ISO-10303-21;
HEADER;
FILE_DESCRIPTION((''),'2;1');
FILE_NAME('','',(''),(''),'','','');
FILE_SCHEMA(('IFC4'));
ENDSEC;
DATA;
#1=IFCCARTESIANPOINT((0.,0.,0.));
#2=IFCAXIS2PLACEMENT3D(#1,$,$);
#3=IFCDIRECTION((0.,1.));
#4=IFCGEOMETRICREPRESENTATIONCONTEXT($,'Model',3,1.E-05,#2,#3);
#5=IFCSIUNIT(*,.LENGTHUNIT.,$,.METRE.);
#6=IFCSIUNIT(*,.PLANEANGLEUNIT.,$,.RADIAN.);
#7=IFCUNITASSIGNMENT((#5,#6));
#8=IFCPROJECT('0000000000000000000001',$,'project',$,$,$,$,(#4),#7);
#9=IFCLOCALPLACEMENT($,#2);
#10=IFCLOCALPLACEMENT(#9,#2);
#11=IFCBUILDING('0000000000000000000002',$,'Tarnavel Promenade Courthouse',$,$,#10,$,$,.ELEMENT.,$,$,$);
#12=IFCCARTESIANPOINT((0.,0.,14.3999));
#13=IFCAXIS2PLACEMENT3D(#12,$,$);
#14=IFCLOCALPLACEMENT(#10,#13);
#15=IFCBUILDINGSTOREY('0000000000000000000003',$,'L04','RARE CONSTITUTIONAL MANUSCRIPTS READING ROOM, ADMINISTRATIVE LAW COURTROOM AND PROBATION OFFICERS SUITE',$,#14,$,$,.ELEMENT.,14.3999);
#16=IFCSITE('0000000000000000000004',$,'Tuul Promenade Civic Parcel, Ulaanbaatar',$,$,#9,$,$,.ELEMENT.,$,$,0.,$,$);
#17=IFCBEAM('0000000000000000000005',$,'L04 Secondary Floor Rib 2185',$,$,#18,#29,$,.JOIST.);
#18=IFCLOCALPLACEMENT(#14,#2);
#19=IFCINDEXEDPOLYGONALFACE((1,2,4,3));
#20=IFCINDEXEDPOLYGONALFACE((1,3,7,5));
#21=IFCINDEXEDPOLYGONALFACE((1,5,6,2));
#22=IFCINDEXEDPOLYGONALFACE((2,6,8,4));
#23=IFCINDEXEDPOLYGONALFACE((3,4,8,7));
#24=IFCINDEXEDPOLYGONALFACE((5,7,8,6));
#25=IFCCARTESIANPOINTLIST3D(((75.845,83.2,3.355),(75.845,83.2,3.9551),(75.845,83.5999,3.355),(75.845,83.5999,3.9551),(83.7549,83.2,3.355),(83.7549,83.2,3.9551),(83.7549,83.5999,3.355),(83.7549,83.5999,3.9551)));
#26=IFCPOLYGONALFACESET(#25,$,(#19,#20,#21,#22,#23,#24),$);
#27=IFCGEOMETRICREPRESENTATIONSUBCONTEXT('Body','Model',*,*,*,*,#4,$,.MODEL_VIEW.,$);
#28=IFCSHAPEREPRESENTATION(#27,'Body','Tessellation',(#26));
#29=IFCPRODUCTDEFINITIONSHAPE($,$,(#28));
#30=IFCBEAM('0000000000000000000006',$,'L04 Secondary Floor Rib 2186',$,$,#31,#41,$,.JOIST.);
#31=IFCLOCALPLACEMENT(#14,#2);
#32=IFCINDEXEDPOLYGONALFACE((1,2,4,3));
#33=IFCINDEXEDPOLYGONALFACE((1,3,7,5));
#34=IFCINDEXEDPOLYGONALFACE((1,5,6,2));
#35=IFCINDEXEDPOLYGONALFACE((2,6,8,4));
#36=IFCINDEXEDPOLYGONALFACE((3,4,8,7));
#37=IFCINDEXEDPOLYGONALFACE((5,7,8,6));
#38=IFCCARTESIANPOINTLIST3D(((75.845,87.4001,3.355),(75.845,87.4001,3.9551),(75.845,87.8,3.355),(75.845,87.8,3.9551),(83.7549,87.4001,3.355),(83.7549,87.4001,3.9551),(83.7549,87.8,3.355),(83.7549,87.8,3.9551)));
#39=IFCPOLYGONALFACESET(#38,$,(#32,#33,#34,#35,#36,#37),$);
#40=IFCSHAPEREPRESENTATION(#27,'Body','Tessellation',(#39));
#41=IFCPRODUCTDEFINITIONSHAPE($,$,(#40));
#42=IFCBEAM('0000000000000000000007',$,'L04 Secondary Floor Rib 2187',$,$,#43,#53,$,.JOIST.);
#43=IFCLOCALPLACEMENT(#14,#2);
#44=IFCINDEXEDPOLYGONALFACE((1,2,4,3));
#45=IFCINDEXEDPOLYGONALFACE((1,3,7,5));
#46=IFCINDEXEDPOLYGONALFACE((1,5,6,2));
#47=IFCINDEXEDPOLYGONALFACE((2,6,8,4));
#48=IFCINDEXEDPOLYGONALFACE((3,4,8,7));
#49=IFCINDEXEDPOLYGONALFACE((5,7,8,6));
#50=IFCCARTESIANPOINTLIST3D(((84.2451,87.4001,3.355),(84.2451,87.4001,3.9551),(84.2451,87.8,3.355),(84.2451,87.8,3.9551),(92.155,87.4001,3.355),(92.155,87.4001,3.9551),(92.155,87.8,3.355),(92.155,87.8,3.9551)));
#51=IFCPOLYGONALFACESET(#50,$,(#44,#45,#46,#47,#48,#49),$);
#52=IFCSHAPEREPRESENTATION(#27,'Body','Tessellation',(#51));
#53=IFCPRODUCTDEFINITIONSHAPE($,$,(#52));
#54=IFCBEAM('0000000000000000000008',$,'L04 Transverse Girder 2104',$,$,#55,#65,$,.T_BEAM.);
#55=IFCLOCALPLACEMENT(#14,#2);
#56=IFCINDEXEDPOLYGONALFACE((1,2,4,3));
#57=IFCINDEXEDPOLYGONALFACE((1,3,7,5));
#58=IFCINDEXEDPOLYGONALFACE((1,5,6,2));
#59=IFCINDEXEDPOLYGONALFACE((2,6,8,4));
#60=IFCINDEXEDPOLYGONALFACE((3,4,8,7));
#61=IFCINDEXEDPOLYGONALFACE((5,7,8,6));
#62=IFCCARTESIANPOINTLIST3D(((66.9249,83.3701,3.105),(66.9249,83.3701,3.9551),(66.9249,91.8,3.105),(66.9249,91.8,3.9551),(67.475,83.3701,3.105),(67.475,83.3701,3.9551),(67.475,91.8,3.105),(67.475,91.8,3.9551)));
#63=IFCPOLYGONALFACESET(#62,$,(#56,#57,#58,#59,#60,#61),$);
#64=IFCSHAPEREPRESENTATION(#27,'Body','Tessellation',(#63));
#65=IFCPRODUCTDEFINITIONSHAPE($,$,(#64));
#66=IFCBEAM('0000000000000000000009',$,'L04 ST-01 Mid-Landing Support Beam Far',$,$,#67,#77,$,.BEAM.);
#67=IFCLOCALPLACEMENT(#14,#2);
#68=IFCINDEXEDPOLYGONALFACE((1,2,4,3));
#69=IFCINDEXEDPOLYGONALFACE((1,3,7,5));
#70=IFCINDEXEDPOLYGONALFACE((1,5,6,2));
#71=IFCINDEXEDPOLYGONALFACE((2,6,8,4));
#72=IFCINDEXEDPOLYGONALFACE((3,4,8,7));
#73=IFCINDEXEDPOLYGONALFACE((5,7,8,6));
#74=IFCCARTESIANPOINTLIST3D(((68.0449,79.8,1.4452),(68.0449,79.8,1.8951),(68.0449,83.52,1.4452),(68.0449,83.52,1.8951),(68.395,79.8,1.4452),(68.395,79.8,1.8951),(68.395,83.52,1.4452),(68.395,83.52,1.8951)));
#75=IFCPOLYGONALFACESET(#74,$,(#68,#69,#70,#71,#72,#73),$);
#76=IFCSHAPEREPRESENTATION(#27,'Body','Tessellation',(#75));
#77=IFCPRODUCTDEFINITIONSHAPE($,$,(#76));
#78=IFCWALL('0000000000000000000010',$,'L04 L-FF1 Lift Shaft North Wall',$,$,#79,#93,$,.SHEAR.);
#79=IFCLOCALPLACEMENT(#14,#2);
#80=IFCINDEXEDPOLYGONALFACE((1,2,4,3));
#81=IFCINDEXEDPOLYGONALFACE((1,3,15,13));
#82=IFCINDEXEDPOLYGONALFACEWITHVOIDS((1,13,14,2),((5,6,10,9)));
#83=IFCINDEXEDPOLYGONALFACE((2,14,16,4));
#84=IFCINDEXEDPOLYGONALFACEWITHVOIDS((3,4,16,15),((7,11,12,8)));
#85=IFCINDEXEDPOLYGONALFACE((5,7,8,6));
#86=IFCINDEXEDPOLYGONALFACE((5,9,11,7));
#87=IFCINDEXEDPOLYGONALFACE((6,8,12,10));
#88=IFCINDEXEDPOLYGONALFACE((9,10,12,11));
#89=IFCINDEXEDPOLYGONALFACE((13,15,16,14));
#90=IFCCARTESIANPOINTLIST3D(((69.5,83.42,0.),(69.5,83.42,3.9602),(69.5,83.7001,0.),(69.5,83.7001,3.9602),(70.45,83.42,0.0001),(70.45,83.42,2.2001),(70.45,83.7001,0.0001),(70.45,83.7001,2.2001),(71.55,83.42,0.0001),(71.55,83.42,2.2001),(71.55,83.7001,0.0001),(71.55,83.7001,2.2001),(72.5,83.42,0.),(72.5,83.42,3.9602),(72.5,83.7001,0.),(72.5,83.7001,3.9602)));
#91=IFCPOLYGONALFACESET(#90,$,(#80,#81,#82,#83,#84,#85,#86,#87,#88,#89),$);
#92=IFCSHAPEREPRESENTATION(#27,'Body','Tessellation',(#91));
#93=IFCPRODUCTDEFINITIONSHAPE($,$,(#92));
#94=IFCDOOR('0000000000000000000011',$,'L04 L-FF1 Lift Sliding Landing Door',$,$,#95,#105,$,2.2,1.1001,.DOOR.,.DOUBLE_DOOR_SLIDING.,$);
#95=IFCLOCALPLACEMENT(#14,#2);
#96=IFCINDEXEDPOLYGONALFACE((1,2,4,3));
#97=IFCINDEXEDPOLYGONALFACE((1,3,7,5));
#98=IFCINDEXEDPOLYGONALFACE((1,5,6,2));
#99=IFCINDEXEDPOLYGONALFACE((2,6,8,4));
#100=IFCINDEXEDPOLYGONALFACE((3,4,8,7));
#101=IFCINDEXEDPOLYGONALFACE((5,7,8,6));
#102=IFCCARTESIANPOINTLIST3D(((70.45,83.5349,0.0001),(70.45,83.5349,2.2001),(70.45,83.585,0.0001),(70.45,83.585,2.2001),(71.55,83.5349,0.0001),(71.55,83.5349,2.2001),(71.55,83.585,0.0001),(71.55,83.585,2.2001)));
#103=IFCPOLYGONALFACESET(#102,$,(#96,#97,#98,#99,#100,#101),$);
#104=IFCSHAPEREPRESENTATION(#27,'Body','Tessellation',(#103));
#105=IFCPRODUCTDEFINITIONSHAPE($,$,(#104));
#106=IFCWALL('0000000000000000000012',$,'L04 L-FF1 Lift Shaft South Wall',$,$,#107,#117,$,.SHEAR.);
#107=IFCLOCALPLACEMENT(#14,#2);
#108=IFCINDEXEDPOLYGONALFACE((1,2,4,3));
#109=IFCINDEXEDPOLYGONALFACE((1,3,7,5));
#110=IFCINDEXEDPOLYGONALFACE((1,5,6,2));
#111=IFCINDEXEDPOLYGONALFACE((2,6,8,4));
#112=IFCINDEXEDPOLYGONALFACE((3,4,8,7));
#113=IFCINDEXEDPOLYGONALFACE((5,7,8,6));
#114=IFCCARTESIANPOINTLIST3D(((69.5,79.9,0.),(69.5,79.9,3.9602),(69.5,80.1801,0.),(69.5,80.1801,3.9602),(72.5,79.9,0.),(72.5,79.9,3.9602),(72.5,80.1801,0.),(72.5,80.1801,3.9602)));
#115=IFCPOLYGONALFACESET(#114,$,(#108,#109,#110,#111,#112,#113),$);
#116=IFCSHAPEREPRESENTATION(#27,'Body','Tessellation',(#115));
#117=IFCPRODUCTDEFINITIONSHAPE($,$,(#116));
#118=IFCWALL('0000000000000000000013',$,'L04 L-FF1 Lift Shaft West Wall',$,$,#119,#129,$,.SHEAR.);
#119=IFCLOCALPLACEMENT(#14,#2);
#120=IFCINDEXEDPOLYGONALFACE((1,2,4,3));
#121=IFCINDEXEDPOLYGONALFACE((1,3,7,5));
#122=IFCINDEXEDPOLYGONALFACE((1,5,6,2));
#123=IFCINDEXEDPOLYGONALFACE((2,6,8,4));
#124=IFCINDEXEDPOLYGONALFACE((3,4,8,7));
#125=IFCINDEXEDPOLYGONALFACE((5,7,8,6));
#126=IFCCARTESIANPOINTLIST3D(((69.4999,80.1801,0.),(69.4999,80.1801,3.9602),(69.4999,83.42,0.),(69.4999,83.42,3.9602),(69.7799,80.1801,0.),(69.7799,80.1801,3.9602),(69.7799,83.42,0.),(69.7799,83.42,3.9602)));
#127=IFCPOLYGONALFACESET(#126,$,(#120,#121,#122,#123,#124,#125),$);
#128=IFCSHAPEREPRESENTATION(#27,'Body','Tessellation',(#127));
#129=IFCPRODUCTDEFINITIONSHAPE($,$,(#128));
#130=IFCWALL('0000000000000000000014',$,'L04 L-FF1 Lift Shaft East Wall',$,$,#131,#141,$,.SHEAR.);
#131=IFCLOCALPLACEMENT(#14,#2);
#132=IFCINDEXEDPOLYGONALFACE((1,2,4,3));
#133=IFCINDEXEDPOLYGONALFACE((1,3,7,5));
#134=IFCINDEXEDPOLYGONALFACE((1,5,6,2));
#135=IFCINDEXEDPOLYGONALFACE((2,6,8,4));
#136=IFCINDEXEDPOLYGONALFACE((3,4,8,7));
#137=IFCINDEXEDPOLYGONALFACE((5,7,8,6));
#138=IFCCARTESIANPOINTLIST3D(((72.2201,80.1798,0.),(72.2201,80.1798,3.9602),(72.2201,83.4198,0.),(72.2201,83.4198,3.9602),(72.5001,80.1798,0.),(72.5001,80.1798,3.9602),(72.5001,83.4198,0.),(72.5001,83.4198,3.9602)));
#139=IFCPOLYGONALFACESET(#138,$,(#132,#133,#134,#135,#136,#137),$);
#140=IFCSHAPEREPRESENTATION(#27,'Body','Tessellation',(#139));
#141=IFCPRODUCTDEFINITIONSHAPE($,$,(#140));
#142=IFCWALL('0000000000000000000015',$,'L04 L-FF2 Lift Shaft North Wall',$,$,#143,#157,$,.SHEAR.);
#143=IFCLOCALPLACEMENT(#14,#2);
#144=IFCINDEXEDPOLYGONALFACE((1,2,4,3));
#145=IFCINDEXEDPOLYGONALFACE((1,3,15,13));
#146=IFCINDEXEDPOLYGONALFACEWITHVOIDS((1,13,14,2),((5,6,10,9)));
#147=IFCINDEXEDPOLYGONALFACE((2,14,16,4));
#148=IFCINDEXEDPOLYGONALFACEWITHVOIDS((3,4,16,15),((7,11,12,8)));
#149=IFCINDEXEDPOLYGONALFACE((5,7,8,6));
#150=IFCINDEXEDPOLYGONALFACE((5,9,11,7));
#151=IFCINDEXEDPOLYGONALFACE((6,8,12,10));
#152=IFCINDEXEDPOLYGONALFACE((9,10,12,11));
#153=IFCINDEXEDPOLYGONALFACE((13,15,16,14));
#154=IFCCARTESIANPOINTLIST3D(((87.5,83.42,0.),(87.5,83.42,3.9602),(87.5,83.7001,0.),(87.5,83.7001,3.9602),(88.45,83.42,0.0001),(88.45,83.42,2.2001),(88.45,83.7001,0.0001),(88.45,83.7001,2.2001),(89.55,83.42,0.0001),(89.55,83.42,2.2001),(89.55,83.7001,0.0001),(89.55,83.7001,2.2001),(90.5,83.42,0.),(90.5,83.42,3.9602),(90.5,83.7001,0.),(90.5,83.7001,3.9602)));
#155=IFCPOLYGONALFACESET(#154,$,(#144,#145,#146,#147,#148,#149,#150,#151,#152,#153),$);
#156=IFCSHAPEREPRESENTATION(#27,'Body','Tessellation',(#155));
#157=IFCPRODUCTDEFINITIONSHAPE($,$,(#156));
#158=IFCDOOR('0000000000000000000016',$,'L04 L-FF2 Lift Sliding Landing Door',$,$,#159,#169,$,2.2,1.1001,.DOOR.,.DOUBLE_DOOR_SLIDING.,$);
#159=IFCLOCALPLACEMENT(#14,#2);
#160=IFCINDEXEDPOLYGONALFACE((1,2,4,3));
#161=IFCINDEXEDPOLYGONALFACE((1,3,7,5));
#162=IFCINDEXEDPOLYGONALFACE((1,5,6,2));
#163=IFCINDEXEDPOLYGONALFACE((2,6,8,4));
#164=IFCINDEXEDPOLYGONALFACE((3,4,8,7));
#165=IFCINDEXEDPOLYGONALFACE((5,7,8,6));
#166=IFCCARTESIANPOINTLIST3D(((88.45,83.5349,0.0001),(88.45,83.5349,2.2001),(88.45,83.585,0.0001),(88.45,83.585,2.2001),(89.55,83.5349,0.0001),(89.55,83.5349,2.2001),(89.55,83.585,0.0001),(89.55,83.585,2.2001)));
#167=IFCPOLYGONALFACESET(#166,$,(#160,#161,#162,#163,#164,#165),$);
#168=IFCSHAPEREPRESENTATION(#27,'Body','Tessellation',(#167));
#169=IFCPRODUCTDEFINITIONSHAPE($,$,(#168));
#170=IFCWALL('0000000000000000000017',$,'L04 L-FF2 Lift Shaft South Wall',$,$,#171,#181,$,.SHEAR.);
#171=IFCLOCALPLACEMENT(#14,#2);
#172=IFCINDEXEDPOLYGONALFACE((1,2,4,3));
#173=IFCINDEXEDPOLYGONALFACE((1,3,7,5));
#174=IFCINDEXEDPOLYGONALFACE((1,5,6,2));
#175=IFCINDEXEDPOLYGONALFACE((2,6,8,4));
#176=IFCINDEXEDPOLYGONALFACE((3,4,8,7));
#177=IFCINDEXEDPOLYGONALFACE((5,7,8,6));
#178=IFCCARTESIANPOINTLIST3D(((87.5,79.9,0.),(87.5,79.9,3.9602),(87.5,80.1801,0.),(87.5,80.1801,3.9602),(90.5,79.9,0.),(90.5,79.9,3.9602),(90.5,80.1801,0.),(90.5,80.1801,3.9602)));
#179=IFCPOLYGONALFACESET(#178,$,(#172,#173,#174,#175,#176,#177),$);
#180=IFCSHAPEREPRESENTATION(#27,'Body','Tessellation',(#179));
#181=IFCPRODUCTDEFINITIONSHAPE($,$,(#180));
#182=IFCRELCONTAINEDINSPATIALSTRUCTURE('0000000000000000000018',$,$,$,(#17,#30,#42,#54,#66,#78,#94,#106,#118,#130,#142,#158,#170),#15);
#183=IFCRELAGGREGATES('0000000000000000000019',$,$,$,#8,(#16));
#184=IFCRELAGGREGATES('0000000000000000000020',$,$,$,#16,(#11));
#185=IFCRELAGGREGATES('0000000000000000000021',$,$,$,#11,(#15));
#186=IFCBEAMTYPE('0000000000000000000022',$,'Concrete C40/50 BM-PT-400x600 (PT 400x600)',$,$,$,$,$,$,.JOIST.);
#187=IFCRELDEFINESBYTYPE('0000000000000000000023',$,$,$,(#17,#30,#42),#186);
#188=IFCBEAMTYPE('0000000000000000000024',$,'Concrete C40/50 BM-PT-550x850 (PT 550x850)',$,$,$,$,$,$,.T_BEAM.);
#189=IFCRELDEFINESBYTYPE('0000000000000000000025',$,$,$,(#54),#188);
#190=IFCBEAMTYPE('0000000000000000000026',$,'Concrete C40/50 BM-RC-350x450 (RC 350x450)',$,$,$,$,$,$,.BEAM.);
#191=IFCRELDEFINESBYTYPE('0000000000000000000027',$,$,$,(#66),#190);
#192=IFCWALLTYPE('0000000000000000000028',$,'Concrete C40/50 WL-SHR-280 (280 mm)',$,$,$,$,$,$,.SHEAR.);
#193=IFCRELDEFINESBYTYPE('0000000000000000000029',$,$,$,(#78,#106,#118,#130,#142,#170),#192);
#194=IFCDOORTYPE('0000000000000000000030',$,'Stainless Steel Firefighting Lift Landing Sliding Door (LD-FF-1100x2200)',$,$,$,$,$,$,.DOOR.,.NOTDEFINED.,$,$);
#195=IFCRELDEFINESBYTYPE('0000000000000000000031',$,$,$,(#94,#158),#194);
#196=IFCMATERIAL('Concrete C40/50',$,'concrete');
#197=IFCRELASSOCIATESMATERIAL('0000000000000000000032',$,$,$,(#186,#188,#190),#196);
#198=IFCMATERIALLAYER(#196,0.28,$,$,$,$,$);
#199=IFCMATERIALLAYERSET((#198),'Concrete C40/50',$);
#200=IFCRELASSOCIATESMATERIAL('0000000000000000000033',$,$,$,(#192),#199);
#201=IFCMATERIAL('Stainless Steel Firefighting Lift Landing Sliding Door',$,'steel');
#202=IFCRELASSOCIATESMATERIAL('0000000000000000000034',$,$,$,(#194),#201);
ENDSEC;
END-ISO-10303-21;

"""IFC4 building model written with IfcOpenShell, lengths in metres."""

from ifc_helpers import new_model, si_unit, direction, frame, frame_2d, origin, origin_2d, place, context, subcontext, project, spatial, rectangle, extrude, material, layer, layer_set, material_profile, profile_set, type_object, element, fill, save


model = new_model("IFC4")

# Units and contexts
model_context = context("Model", 3, precision=1e-05, world=origin(), true_north=direction((0.0, 1.0)))
body_context = subcontext(model_context, "Body", "Model", "MODEL_VIEW")
ifc_project = project(units=[si_unit("LENGTHUNIT", "METRE"), si_unit("PLANEANGLEUNIT", "RADIAN")], contexts=[model_context])

# Site, building, storey
site_placement = place(None, origin())
site = spatial("IfcSite", under=ifc_project, at=site_placement, Name="Tuul Promenade Civic Parcel, Ulaanbaatar", CompositionType="ELEMENT", RefElevation=0.0)
building_placement = place(site_placement, origin())
building = spatial("IfcBuilding", under=site, at=building_placement, Name="Tarnavel Promenade Courthouse", CompositionType="ELEMENT")
storey_placement = place(building_placement, frame((0.0, 0.0, 14.3999)))
storey = spatial("IfcBuildingStorey", under=building, at=storey_placement, Name="L04", Description="RARE CONSTITUTIONAL MANUSCRIPTS READING ROOM, ADMINISTRATIVE LAW COURTROOM AND PROBATION OFFICERS SUITE", CompositionType="ELEMENT", Elevation=14.3999)

# Beams
ifc_material_1 = material(Name="Concrete C40/50", Category="concrete")
ifc_material_profile_1 = material_profile(ifc_material_1, rectangle(XDim=0.3999, YDim=0.6001, at=origin_2d()), Name="PT 400x600")
ifc_profile_set_1 = profile_set([ifc_material_profile_1], Name="Concrete C40/50")
beam_type_1 = type_object("IfcBeamType", Name="Concrete C40/50 BM-PT-400x600 (PT 400x600)", PredefinedType="JOIST", material=ifc_profile_set_1)
for number, where, z_axis, x_axis, name in (
    (1, (75.845, 83.3999, 3.655), (1.0, 0.0, 0.0), (0.0, 1.0, 0.0), "L04 Secondary Floor Rib 2185"),
    (2, (75.845, 87.6001, 3.655), (1.0, 0.0, 0.0), (0.0, 1.0, 0.0), "L04 Secondary Floor Rib 2186"),
    (3, (84.2451, 87.6001, 3.655), (1.0, 0.0, 0.0), (0.0, 1.0, 0.0), "L04 Secondary Floor Rib 2187"),
):
    element("IfcBeam", number, at=place(storey_placement, frame(where, z_axis=z_axis, x_axis=x_axis)), inside=storey, type_object=beam_type_1, Name=name, PredefinedType="JOIST", context=body_context, shape_type="SweptSolid", body=[
        extrude(rectangle(XDim=0.3999, YDim=0.6001, at=origin_2d()), origin(), (0.0, 0.0, 1.0), 7.9099),
    ])
ifc_material_profile_2 = material_profile(ifc_material_1, rectangle(XDim=0.55, YDim=0.8501, at=origin_2d()), Name="PT 550x850")
ifc_profile_set_2 = profile_set([ifc_material_profile_2], Name="Concrete C40/50")
beam_type_2 = type_object("IfcBeamType", Name="Concrete C40/50 BM-PT-550x850 (PT 550x850)", PredefinedType="T_BEAM", material=ifc_profile_set_2)
beam_1_placement = place(storey_placement, frame((67.2, 83.3701, 3.53), z_axis=(0.0, 1.0, 0.0), x_axis=(-1.0, 0.0, 0.0)))
element("IfcBeam", 4, at=beam_1_placement, inside=storey, type_object=beam_type_2, Name="L04 Transverse Girder 2104", PredefinedType="T_BEAM", context=body_context, shape_type="SweptSolid", body=[
    extrude(rectangle(XDim=0.55, YDim=0.8501, at=origin_2d()), origin(), (0.0, 0.0, 1.0), 8.4299),
])
ifc_material_profile_3 = material_profile(ifc_material_1, rectangle(XDim=0.3501, YDim=0.45, at=origin_2d()), Name="RC 350x450")
ifc_profile_set_3 = profile_set([ifc_material_profile_3], Name="Concrete C40/50")
beam_type_3 = type_object("IfcBeamType", Name="Concrete C40/50 BM-RC-350x450 (RC 350x450)", PredefinedType="BEAM", material=ifc_profile_set_3)
beam_2_placement = place(storey_placement, frame((68.22, 79.8, 1.6702), z_axis=(0.0, 1.0, 0.0), x_axis=(-1.0, 0.0, 0.0)))
element("IfcBeam", 5, at=beam_2_placement, inside=storey, type_object=beam_type_3, Name="L04 ST-01 Mid-Landing Support Beam Far", PredefinedType="BEAM", context=body_context, shape_type="SweptSolid", body=[
    extrude(rectangle(XDim=0.3501, YDim=0.45, at=origin_2d()), origin(), (0.0, 0.0, 1.0), 3.72),
])

# Wall, opening, door
ifc_layer_1 = layer(ifc_material_1, 0.28)
ifc_layer_set_1 = layer_set([ifc_layer_1], Name="Concrete C40/50")
wall_type_1 = type_object("IfcWallType", Name="Concrete C40/50 WL-SHR-280 (280 mm)", PredefinedType="SHEAR", material=ifc_layer_set_1)
wall_1_placement = place(storey_placement, frame((69.5, 83.5601, 0.0), z_axis=(0.0, 0.0, 1.0), x_axis=(1.0, 0.0, 0.0)))
wall_1 = element("IfcWall", 6, at=wall_1_placement, inside=storey, type_object=wall_type_1, Name="L04 L-FF1 Lift Shaft North Wall", PredefinedType="SHEAR", context=body_context, shape_type="SweptSolid", body=[
    extrude(rectangle(XDim=3.0, YDim=0.28, at=frame_2d((1.5, 0.0))), origin(), (0.0, 0.0, 1.0), 3.9602),
])
opening_1_placement = place(wall_1_placement, frame((0.95, 0.0, 0.0)))
opening_1 = element("IfcOpeningElement", 7, at=opening_1_placement, cuts=wall_1, PredefinedType="OPENING", context=body_context, shape_type="SweptSolid", body=[
    extrude(rectangle(XDim=1.1001, YDim=2.2, at=frame_2d((0.55, 1.1001))), frame((0.0, 0.1499, 0.0), z_axis=(0.0, -1.0, 0.0), x_axis=(1.0, 0.0, 0.0)), (0.0, 0.0, 1.0), 0.3),
])
ifc_material_2 = material(Name="Stainless Steel Firefighting Lift Landing Sliding Door", Category="steel")
door_type_1 = type_object("IfcDoorType", Name="Stainless Steel Firefighting Lift Landing Sliding Door (LD-FF-1100x2200)", OperationType="NOTDEFINED", PredefinedType="DOOR", material=ifc_material_2)
door_1_placement = place(opening_1_placement, origin())
door_1 = element("IfcDoor", 8, at=door_1_placement, inside=storey, type_object=door_type_1, Name="L04 L-FF1 Lift Sliding Landing Door", OperationType="DOUBLE_DOOR_SLIDING", OverallHeight=2.2, OverallWidth=1.1001, PredefinedType="DOOR", context=body_context, shape_type="SweptSolid", body=[
    extrude(rectangle(XDim=1.1001, YDim=2.2, at=frame_2d((0.55, 1.1001))), frame((0.0, 0.0249, 0.0), z_axis=(0.0, -1.0, 0.0), x_axis=(1.0, 0.0, 0.0)), (0.0, 0.0, 1.0), 0.05),
])
fill(opening_1, door_1)

# Walls
wall_2_placement = place(storey_placement, frame((72.5, 80.04, 0.0), z_axis=(0.0, 0.0, 1.0), x_axis=(-1.0, 0.0, 0.0)))
element("IfcWall", 9, at=wall_2_placement, inside=storey, type_object=wall_type_1, Name="L04 L-FF1 Lift Shaft South Wall", PredefinedType="SHEAR", context=body_context, shape_type="SweptSolid", body=[
    extrude(rectangle(XDim=3.0, YDim=0.28, at=frame_2d((1.5, 0.0))), origin(), (0.0, 0.0, 1.0), 3.9602),
])
for number, where, z_axis, x_axis, name in (
    (10, (69.6399, 80.1799, 0.0), (0.0, 0.0, 1.0), (0.0, 1.0, 0.0), "L04 L-FF1 Lift Shaft West Wall"),
    (11, (72.3601, 83.4199, 0.0), (0.0, 0.0, 1.0), (0.0, -1.0, 0.0), "L04 L-FF1 Lift Shaft East Wall"),
):
    element("IfcWall", number, at=place(storey_placement, frame(where, z_axis=z_axis, x_axis=x_axis)), inside=storey, type_object=wall_type_1, Name=name, PredefinedType="SHEAR", context=body_context, shape_type="SweptSolid", body=[
        extrude(rectangle(XDim=3.24, YDim=0.28, at=frame_2d((1.6201, 0.0))), origin(), (0.0, 0.0, 1.0), 3.9602),
    ])

# Wall, opening, door
wall_3_placement = place(storey_placement, frame((87.5, 83.5601, 0.0), z_axis=(0.0, 0.0, 1.0), x_axis=(1.0, 0.0, 0.0)))
wall_3 = element("IfcWall", 12, at=wall_3_placement, inside=storey, type_object=wall_type_1, Name="L04 L-FF2 Lift Shaft North Wall", PredefinedType="SHEAR", context=body_context, shape_type="SweptSolid", body=[
    extrude(rectangle(XDim=3.0, YDim=0.28, at=frame_2d((1.5, 0.0))), origin(), (0.0, 0.0, 1.0), 3.9602),
])
opening_2_placement = place(wall_3_placement, frame((0.95, 0.0, 0.0)))
opening_2 = element("IfcOpeningElement", 13, at=opening_2_placement, cuts=wall_3, PredefinedType="OPENING", context=body_context, shape_type="SweptSolid", body=[
    extrude(rectangle(XDim=1.1001, YDim=2.2, at=frame_2d((0.55, 1.1001))), frame((0.0, 0.1499, 0.0), z_axis=(0.0, -1.0, 0.0), x_axis=(1.0, 0.0, 0.0)), (0.0, 0.0, 1.0), 0.3),
])
door_2_placement = place(opening_2_placement, origin())
door_2 = element("IfcDoor", 14, at=door_2_placement, inside=storey, type_object=door_type_1, Name="L04 L-FF2 Lift Sliding Landing Door", OperationType="DOUBLE_DOOR_SLIDING", OverallHeight=2.2, OverallWidth=1.1001, PredefinedType="DOOR", context=body_context, shape_type="SweptSolid", body=[
    extrude(rectangle(XDim=1.1001, YDim=2.2, at=frame_2d((0.55, 1.1001))), frame((0.0, 0.0249, 0.0), z_axis=(0.0, -1.0, 0.0), x_axis=(1.0, 0.0, 0.0)), (0.0, 0.0, 1.0), 0.05),
])
fill(opening_2, door_2)

# Wall
wall_4_placement = place(storey_placement, frame((90.5, 80.04, 0.0), z_axis=(0.0, 0.0, 1.0), x_axis=(-1.0, 0.0, 0.0)))
element("IfcWall", 15, at=wall_4_placement, inside=storey, type_object=wall_type_1, Name="L04 L-FF2 Lift Shaft South Wall", PredefinedType="SHEAR", context=body_context, shape_type="SweptSolid", body=[
    extrude(rectangle(XDim=3.0, YDim=0.28, at=frame_2d((1.5, 0.0))), origin(), (0.0, 0.0, 1.0), 3.9602),
])

save(model, "model.ifc")
